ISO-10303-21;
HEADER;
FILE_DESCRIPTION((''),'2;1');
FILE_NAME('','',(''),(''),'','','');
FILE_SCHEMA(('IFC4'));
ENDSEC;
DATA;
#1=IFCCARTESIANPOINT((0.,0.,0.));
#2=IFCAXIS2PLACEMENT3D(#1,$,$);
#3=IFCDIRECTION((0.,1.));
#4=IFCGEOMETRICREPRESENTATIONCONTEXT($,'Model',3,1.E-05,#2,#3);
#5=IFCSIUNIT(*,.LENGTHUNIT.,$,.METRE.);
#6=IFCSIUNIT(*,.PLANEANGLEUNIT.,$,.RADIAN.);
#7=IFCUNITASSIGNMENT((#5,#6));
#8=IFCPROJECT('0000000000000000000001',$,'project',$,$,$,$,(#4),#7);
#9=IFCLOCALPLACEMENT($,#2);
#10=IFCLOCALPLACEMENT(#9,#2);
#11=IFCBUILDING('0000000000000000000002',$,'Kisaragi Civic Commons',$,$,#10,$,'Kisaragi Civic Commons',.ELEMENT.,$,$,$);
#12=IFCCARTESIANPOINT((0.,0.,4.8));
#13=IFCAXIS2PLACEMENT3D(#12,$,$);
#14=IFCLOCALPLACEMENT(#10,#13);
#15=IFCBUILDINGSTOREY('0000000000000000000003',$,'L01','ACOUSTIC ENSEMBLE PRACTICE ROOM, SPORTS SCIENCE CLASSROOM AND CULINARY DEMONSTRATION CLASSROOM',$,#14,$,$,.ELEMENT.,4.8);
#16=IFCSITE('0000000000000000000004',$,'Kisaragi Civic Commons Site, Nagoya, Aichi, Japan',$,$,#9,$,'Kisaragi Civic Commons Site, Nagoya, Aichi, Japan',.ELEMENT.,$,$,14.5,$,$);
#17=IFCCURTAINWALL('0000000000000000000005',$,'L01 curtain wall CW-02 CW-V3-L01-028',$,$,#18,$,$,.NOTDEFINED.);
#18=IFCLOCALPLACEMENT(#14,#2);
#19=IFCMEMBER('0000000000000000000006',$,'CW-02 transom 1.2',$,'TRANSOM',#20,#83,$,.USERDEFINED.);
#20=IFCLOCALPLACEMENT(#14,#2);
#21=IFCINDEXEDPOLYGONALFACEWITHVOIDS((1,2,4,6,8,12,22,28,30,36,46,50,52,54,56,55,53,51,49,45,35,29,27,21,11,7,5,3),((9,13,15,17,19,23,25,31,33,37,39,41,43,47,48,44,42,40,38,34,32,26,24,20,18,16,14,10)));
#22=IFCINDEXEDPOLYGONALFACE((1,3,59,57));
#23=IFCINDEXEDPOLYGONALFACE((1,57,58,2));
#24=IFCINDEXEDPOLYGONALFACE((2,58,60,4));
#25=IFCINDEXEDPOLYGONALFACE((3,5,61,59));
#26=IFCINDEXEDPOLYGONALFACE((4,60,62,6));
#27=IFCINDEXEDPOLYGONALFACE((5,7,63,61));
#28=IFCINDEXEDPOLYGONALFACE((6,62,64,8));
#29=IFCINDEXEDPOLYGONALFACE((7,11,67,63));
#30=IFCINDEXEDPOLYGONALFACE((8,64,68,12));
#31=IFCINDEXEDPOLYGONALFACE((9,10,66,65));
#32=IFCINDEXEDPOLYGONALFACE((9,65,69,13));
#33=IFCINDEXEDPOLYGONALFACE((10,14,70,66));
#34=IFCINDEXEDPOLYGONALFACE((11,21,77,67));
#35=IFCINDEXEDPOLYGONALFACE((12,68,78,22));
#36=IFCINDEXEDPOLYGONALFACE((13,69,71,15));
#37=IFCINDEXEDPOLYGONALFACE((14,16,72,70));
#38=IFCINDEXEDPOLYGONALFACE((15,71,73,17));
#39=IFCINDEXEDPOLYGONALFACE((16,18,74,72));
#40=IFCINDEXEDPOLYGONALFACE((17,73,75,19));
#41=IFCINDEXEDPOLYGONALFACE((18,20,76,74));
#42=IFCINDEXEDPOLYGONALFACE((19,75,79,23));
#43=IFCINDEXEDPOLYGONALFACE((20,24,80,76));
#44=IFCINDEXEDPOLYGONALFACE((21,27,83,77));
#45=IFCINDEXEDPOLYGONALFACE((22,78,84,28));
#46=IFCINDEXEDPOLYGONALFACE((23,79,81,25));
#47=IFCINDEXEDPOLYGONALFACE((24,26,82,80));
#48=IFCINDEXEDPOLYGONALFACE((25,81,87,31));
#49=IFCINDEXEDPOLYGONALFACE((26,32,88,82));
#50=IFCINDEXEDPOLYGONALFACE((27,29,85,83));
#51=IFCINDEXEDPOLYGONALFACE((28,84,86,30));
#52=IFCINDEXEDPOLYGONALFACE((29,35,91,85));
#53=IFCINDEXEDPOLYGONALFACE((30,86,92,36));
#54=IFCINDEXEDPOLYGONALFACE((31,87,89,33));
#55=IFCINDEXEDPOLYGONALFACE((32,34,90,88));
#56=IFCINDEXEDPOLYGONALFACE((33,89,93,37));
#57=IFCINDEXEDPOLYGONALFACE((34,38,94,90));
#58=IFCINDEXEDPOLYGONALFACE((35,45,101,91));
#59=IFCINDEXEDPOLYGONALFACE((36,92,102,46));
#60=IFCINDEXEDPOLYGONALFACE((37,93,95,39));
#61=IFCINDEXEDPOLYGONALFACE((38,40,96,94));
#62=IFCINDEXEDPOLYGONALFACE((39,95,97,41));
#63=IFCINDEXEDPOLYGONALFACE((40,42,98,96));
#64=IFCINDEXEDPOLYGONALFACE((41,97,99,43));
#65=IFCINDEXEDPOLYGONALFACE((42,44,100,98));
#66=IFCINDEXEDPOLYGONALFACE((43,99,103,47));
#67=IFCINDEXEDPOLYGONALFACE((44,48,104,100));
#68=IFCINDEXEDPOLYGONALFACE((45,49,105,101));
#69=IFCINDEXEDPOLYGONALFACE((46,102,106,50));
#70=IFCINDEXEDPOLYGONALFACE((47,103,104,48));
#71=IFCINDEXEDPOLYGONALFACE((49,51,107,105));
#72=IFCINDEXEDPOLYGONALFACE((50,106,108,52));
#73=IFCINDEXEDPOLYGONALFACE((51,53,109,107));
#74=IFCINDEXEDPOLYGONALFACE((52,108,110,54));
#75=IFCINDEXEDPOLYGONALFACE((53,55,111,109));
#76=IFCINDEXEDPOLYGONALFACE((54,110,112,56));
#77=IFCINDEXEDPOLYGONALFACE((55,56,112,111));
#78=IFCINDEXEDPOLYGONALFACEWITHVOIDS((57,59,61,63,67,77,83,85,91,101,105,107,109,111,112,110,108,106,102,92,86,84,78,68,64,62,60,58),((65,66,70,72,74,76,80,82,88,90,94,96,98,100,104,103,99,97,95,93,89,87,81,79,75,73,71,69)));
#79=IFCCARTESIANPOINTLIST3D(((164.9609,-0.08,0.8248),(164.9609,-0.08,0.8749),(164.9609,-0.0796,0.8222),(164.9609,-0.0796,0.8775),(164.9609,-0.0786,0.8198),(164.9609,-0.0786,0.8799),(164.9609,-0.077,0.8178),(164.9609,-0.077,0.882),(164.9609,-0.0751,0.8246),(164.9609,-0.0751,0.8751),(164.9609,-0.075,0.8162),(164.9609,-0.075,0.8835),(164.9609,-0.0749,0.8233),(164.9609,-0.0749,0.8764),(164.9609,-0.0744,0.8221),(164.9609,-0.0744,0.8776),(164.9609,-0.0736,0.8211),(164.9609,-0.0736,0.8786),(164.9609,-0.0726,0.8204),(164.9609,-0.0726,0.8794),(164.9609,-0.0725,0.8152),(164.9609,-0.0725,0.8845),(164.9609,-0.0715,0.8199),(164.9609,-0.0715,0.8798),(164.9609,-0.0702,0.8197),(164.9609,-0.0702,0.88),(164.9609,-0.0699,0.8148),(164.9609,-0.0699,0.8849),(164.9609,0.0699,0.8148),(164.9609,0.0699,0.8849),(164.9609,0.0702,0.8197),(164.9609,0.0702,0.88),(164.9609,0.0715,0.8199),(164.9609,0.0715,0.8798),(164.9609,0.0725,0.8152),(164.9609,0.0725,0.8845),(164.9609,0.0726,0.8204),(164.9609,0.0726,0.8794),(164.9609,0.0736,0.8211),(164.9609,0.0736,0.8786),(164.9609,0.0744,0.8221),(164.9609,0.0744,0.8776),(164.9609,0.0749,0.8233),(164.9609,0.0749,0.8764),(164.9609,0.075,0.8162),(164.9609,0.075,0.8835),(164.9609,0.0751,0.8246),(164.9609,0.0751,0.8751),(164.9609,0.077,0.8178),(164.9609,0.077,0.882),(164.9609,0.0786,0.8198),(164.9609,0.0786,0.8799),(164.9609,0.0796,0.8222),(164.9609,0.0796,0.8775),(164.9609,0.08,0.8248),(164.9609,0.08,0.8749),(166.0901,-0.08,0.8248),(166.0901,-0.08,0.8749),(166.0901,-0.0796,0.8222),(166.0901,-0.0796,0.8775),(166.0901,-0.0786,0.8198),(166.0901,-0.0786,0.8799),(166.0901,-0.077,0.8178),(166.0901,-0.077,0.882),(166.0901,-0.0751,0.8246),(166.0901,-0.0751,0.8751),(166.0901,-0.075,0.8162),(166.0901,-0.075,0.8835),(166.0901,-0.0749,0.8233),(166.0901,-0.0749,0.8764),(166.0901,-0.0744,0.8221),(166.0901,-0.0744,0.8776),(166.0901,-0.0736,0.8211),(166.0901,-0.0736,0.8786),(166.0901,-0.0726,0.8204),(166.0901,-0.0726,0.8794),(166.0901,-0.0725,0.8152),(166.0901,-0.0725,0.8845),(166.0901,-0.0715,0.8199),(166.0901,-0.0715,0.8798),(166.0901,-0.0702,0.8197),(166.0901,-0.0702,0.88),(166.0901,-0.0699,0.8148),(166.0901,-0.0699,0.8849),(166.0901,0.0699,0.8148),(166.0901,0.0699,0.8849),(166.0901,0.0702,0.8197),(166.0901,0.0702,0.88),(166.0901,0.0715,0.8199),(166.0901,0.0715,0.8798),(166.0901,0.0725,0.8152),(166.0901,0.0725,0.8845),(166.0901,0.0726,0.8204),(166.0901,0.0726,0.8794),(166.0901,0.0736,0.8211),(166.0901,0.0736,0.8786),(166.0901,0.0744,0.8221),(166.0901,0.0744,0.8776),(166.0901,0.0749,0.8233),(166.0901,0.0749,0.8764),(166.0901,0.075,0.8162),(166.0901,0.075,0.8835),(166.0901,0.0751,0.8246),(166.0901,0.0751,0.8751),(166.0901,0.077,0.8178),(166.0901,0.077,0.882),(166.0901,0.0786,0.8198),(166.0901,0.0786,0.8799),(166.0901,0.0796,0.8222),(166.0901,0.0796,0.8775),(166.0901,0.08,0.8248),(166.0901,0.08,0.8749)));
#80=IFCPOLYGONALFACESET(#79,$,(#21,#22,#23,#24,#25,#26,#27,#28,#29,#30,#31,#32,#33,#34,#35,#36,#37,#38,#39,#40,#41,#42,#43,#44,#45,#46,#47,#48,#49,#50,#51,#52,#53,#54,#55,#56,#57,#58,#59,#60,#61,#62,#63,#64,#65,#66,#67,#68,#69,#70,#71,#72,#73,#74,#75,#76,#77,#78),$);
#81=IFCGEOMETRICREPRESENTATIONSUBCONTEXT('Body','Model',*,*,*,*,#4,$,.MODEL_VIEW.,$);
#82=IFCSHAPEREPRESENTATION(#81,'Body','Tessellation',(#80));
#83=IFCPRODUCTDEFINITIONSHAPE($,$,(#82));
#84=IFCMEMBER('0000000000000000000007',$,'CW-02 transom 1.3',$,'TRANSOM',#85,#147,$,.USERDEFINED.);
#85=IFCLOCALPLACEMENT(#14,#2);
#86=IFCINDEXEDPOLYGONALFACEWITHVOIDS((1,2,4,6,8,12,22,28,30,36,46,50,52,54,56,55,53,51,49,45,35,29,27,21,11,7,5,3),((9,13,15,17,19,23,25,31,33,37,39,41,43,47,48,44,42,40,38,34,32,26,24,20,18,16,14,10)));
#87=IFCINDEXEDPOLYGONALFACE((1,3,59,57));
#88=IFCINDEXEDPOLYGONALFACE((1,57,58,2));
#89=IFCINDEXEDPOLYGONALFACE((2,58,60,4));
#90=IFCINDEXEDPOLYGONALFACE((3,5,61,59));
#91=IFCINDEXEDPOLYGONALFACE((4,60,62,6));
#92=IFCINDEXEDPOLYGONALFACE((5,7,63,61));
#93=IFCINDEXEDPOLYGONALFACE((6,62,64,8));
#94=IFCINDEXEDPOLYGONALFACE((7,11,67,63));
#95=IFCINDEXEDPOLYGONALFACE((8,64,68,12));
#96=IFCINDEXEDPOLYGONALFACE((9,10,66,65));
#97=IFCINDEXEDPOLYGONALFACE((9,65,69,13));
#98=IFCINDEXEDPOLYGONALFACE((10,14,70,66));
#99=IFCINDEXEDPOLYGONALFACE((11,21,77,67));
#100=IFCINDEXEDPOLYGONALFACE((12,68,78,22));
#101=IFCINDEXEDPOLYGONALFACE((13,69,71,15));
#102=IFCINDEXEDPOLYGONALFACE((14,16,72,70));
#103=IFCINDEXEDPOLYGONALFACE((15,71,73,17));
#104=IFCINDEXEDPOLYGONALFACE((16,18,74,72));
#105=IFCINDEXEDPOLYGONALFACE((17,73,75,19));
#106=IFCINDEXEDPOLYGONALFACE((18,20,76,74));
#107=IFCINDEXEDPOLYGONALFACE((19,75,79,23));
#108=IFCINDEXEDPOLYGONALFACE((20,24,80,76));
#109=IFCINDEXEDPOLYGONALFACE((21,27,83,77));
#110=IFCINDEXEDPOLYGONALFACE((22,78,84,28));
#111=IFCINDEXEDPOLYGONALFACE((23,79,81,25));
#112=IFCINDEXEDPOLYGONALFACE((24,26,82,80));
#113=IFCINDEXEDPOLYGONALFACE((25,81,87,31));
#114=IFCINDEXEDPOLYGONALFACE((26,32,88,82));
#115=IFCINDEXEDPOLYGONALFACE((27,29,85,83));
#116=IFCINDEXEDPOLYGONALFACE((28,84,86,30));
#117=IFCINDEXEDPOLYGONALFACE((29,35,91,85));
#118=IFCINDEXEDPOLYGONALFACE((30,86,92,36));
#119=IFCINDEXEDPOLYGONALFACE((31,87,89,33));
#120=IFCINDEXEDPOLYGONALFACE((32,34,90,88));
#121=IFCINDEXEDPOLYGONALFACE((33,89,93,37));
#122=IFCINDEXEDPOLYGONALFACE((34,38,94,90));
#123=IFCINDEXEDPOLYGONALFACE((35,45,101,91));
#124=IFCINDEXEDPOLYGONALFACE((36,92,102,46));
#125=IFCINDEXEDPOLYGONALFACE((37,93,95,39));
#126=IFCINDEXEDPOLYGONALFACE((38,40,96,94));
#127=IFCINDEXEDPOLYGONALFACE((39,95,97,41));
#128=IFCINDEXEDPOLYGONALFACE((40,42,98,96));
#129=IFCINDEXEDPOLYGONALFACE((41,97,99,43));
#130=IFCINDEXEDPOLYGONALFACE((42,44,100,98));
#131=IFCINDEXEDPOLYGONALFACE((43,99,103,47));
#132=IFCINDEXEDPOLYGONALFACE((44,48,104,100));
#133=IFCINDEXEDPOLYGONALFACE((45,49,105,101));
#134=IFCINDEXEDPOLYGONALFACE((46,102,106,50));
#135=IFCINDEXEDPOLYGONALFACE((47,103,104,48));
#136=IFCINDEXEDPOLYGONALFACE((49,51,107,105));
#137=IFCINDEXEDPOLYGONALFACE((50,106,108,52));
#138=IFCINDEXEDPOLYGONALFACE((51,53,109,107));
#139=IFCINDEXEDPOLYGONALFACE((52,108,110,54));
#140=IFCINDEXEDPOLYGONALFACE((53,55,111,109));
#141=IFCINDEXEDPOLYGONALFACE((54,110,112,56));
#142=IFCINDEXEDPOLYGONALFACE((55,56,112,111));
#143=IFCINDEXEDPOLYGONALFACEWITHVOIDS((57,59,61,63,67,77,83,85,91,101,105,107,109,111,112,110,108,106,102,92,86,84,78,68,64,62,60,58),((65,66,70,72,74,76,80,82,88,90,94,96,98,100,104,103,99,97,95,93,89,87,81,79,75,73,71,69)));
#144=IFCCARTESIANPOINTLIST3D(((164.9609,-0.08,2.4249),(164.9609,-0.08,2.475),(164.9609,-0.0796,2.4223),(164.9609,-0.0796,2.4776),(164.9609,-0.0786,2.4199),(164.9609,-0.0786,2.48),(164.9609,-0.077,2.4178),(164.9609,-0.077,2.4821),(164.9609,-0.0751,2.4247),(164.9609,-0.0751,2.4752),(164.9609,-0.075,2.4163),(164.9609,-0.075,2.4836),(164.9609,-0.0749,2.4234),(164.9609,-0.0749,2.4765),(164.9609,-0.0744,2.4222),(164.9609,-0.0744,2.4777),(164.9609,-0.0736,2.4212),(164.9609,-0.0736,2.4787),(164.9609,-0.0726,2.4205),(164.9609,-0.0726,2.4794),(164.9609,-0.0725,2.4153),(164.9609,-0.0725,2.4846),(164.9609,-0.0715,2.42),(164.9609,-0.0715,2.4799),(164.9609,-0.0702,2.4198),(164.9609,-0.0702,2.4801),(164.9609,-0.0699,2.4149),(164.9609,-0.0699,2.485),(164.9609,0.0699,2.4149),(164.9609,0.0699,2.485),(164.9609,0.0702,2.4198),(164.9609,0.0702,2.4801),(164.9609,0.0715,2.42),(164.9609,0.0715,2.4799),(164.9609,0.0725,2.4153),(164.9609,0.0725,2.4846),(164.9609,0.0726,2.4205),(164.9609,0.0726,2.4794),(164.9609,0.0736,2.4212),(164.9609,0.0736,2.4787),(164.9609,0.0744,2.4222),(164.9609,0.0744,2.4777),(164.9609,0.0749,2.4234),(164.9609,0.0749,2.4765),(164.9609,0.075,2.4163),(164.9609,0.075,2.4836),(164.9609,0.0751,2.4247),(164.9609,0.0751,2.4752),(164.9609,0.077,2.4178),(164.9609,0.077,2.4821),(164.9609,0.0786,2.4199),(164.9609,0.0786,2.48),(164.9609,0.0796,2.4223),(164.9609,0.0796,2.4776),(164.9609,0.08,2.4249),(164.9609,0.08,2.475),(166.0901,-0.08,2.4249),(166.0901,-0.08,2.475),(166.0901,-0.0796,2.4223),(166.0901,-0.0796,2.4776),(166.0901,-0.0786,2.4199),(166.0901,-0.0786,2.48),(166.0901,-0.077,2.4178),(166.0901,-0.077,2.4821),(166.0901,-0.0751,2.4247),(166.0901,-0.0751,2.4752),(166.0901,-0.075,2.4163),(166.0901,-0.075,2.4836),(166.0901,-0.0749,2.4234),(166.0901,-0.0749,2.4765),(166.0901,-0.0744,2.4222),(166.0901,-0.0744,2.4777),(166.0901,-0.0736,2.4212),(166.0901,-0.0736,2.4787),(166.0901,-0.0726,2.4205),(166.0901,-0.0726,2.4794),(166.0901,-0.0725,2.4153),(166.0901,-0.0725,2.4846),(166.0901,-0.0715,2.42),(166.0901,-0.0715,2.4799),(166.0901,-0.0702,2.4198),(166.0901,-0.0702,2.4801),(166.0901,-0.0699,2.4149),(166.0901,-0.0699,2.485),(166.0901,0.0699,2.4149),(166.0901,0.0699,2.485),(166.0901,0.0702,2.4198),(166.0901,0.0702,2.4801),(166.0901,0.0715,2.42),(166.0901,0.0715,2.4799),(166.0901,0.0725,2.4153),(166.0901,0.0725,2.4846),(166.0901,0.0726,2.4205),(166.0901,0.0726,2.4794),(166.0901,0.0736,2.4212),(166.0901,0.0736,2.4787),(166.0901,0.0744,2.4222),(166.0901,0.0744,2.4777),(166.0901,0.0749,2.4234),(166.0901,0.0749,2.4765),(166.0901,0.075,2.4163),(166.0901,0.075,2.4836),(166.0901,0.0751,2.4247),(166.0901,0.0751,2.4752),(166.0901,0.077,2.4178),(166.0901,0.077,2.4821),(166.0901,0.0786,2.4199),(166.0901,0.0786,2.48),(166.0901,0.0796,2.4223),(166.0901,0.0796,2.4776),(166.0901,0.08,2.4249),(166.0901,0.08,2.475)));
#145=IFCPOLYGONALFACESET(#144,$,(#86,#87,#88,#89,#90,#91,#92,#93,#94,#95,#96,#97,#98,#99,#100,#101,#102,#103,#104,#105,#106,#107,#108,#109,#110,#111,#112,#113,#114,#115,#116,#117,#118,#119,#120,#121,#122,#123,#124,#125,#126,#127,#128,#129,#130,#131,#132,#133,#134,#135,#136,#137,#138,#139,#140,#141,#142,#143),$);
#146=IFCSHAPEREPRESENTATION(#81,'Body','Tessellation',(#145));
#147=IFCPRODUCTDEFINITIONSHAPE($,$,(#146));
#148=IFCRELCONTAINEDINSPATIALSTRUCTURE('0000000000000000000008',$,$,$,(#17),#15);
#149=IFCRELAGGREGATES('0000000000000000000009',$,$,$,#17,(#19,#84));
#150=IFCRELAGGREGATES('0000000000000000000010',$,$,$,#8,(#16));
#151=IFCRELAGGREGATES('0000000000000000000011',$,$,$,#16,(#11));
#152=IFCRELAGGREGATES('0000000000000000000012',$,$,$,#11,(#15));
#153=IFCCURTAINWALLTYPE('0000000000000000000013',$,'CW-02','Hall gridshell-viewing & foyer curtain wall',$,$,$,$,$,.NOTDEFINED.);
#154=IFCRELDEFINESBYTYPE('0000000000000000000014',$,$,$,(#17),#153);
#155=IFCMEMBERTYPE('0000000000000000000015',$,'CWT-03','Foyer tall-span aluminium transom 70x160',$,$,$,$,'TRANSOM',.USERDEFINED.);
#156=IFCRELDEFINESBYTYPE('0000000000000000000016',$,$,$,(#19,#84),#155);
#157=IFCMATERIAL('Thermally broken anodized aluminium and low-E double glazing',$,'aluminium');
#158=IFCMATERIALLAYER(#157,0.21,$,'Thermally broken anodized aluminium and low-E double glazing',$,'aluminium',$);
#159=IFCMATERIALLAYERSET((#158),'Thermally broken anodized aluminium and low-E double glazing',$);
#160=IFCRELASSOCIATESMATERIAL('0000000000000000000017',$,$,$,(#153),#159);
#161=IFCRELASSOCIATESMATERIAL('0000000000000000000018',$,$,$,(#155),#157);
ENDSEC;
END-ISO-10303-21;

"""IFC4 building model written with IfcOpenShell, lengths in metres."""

from ifc_helpers import new_model, si_unit, direction, frame, origin, origin_2d, place, context, subcontext, project, spatial, hollow_rectangle, extrude, material, layer, layer_set, material_profile, profile_set, type_object, element, aggregate, save


model = new_model("IFC4")

# Units and contexts
model_context = context("Model", 3, precision=1e-05, world=origin(), true_north=direction((0.0, 1.0)))
body_context = subcontext(model_context, "Body", "Model", "MODEL_VIEW")
ifc_project = project(units=[si_unit("LENGTHUNIT", "METRE"), si_unit("PLANEANGLEUNIT", "RADIAN")], contexts=[model_context])

# Site, building, storey
site_placement = place(None, origin())
site = spatial("IfcSite", under=ifc_project, at=site_placement, Name="Kisaragi Civic Commons Site, Nagoya, Aichi, Japan", LongName="Kisaragi Civic Commons Site, Nagoya, Aichi, Japan", CompositionType="ELEMENT", RefElevation=14.5)
building_placement = place(site_placement, origin())
building = spatial("IfcBuilding", under=site, at=building_placement, Name="Kisaragi Civic Commons", LongName="Kisaragi Civic Commons", CompositionType="ELEMENT")
storey_placement = place(building_placement, frame((0.0, 0.0, 4.8)))
storey = spatial("IfcBuildingStorey", under=building, at=storey_placement, Name="L01", Description="ACOUSTIC ENSEMBLE PRACTICE ROOM, SPORTS SCIENCE CLASSROOM AND CULINARY DEMONSTRATION CLASSROOM", CompositionType="ELEMENT", Elevation=4.8)

# Shared definitions
ifc_material_1 = material(Name="Thermally broken anodized aluminium and low-E double glazing", Category="aluminium")
ifc_layer_1 = layer(ifc_material_1, 0.21, Name="Thermally broken anodized aluminium and low-E double glazing", Category="aluminium")
ifc_layer_set_1 = layer_set([ifc_layer_1], Name="Thermally broken anodized aluminium and low-E double glazing")
curtain_wall_type = type_object("IfcCurtainWallType", Name="CW-02", Description="Hall gridshell-viewing & foyer curtain wall", PredefinedType="NOTDEFINED", material=ifc_layer_set_1)

# Curtain wall
curtain_wall_1_placement = place(storey_placement, origin())
curtain_wall_1 = element("IfcCurtainWall", 1, at=curtain_wall_1_placement, inside=storey, type_object=curtain_wall_type, Name="L01 curtain wall CW-02 CW-V3-L01-028", PredefinedType="NOTDEFINED")

# Members
ifc_material_profile_1 = material_profile(ifc_material_1, hollow_rectangle(XDim=0.1599, YDim=0.0701, WallThickness=0.0049, InnerFilletRadius=0.0049, OuterFilletRadius=0.01, at=origin_2d()), Name="CWT-70x160x5", Category="aluminium")
ifc_profile_set_1 = profile_set([ifc_material_profile_1], Name="Thermally broken anodized aluminium and low-E double glazing")
member_type_1 = type_object("IfcMemberType", Name="CWT-03", Description="Foyer tall-span aluminium transom 70x160", ElementType="TRANSOM", PredefinedType="USERDEFINED", material=ifc_profile_set_1)
member_1_placement = place(storey_placement, frame((166.0901, 0.0, 0.8499), z_axis=(-1.0, 0.0, 0.0), x_axis=(0.0, -1.0, 0.0)))
member_1 = element("IfcMember", 2, at=member_1_placement, type_object=member_type_1, Name="CW-02 transom 1.2", ObjectType="TRANSOM", PredefinedType="USERDEFINED", context=body_context, shape_type="SweptSolid", body=[
    extrude(hollow_rectangle(XDim=0.1599, YDim=0.0701, WallThickness=0.0049, InnerFilletRadius=0.0049, OuterFilletRadius=0.01, at=origin_2d()), origin(), (0.0, 0.0, 1.0), 1.1292),
])
member_2_placement = place(storey_placement, frame((166.0901, 0.0, 2.45), z_axis=(-1.0, 0.0, 0.0), x_axis=(0.0, -1.0, 0.0)))
member_2 = element("IfcMember", 3, at=member_2_placement, type_object=member_type_1, Name="CW-02 transom 1.3", ObjectType="TRANSOM", PredefinedType="USERDEFINED", context=body_context, shape_type="SweptSolid", body=[
    extrude(hollow_rectangle(XDim=0.1599, YDim=0.0701, WallThickness=0.0049, InnerFilletRadius=0.0049, OuterFilletRadius=0.01, at=origin_2d()), origin(), (0.0, 0.0, 1.0), 1.1292),
])

aggregate(curtain_wall_1, [member_1, member_2])

save(model, "model.ifc")
